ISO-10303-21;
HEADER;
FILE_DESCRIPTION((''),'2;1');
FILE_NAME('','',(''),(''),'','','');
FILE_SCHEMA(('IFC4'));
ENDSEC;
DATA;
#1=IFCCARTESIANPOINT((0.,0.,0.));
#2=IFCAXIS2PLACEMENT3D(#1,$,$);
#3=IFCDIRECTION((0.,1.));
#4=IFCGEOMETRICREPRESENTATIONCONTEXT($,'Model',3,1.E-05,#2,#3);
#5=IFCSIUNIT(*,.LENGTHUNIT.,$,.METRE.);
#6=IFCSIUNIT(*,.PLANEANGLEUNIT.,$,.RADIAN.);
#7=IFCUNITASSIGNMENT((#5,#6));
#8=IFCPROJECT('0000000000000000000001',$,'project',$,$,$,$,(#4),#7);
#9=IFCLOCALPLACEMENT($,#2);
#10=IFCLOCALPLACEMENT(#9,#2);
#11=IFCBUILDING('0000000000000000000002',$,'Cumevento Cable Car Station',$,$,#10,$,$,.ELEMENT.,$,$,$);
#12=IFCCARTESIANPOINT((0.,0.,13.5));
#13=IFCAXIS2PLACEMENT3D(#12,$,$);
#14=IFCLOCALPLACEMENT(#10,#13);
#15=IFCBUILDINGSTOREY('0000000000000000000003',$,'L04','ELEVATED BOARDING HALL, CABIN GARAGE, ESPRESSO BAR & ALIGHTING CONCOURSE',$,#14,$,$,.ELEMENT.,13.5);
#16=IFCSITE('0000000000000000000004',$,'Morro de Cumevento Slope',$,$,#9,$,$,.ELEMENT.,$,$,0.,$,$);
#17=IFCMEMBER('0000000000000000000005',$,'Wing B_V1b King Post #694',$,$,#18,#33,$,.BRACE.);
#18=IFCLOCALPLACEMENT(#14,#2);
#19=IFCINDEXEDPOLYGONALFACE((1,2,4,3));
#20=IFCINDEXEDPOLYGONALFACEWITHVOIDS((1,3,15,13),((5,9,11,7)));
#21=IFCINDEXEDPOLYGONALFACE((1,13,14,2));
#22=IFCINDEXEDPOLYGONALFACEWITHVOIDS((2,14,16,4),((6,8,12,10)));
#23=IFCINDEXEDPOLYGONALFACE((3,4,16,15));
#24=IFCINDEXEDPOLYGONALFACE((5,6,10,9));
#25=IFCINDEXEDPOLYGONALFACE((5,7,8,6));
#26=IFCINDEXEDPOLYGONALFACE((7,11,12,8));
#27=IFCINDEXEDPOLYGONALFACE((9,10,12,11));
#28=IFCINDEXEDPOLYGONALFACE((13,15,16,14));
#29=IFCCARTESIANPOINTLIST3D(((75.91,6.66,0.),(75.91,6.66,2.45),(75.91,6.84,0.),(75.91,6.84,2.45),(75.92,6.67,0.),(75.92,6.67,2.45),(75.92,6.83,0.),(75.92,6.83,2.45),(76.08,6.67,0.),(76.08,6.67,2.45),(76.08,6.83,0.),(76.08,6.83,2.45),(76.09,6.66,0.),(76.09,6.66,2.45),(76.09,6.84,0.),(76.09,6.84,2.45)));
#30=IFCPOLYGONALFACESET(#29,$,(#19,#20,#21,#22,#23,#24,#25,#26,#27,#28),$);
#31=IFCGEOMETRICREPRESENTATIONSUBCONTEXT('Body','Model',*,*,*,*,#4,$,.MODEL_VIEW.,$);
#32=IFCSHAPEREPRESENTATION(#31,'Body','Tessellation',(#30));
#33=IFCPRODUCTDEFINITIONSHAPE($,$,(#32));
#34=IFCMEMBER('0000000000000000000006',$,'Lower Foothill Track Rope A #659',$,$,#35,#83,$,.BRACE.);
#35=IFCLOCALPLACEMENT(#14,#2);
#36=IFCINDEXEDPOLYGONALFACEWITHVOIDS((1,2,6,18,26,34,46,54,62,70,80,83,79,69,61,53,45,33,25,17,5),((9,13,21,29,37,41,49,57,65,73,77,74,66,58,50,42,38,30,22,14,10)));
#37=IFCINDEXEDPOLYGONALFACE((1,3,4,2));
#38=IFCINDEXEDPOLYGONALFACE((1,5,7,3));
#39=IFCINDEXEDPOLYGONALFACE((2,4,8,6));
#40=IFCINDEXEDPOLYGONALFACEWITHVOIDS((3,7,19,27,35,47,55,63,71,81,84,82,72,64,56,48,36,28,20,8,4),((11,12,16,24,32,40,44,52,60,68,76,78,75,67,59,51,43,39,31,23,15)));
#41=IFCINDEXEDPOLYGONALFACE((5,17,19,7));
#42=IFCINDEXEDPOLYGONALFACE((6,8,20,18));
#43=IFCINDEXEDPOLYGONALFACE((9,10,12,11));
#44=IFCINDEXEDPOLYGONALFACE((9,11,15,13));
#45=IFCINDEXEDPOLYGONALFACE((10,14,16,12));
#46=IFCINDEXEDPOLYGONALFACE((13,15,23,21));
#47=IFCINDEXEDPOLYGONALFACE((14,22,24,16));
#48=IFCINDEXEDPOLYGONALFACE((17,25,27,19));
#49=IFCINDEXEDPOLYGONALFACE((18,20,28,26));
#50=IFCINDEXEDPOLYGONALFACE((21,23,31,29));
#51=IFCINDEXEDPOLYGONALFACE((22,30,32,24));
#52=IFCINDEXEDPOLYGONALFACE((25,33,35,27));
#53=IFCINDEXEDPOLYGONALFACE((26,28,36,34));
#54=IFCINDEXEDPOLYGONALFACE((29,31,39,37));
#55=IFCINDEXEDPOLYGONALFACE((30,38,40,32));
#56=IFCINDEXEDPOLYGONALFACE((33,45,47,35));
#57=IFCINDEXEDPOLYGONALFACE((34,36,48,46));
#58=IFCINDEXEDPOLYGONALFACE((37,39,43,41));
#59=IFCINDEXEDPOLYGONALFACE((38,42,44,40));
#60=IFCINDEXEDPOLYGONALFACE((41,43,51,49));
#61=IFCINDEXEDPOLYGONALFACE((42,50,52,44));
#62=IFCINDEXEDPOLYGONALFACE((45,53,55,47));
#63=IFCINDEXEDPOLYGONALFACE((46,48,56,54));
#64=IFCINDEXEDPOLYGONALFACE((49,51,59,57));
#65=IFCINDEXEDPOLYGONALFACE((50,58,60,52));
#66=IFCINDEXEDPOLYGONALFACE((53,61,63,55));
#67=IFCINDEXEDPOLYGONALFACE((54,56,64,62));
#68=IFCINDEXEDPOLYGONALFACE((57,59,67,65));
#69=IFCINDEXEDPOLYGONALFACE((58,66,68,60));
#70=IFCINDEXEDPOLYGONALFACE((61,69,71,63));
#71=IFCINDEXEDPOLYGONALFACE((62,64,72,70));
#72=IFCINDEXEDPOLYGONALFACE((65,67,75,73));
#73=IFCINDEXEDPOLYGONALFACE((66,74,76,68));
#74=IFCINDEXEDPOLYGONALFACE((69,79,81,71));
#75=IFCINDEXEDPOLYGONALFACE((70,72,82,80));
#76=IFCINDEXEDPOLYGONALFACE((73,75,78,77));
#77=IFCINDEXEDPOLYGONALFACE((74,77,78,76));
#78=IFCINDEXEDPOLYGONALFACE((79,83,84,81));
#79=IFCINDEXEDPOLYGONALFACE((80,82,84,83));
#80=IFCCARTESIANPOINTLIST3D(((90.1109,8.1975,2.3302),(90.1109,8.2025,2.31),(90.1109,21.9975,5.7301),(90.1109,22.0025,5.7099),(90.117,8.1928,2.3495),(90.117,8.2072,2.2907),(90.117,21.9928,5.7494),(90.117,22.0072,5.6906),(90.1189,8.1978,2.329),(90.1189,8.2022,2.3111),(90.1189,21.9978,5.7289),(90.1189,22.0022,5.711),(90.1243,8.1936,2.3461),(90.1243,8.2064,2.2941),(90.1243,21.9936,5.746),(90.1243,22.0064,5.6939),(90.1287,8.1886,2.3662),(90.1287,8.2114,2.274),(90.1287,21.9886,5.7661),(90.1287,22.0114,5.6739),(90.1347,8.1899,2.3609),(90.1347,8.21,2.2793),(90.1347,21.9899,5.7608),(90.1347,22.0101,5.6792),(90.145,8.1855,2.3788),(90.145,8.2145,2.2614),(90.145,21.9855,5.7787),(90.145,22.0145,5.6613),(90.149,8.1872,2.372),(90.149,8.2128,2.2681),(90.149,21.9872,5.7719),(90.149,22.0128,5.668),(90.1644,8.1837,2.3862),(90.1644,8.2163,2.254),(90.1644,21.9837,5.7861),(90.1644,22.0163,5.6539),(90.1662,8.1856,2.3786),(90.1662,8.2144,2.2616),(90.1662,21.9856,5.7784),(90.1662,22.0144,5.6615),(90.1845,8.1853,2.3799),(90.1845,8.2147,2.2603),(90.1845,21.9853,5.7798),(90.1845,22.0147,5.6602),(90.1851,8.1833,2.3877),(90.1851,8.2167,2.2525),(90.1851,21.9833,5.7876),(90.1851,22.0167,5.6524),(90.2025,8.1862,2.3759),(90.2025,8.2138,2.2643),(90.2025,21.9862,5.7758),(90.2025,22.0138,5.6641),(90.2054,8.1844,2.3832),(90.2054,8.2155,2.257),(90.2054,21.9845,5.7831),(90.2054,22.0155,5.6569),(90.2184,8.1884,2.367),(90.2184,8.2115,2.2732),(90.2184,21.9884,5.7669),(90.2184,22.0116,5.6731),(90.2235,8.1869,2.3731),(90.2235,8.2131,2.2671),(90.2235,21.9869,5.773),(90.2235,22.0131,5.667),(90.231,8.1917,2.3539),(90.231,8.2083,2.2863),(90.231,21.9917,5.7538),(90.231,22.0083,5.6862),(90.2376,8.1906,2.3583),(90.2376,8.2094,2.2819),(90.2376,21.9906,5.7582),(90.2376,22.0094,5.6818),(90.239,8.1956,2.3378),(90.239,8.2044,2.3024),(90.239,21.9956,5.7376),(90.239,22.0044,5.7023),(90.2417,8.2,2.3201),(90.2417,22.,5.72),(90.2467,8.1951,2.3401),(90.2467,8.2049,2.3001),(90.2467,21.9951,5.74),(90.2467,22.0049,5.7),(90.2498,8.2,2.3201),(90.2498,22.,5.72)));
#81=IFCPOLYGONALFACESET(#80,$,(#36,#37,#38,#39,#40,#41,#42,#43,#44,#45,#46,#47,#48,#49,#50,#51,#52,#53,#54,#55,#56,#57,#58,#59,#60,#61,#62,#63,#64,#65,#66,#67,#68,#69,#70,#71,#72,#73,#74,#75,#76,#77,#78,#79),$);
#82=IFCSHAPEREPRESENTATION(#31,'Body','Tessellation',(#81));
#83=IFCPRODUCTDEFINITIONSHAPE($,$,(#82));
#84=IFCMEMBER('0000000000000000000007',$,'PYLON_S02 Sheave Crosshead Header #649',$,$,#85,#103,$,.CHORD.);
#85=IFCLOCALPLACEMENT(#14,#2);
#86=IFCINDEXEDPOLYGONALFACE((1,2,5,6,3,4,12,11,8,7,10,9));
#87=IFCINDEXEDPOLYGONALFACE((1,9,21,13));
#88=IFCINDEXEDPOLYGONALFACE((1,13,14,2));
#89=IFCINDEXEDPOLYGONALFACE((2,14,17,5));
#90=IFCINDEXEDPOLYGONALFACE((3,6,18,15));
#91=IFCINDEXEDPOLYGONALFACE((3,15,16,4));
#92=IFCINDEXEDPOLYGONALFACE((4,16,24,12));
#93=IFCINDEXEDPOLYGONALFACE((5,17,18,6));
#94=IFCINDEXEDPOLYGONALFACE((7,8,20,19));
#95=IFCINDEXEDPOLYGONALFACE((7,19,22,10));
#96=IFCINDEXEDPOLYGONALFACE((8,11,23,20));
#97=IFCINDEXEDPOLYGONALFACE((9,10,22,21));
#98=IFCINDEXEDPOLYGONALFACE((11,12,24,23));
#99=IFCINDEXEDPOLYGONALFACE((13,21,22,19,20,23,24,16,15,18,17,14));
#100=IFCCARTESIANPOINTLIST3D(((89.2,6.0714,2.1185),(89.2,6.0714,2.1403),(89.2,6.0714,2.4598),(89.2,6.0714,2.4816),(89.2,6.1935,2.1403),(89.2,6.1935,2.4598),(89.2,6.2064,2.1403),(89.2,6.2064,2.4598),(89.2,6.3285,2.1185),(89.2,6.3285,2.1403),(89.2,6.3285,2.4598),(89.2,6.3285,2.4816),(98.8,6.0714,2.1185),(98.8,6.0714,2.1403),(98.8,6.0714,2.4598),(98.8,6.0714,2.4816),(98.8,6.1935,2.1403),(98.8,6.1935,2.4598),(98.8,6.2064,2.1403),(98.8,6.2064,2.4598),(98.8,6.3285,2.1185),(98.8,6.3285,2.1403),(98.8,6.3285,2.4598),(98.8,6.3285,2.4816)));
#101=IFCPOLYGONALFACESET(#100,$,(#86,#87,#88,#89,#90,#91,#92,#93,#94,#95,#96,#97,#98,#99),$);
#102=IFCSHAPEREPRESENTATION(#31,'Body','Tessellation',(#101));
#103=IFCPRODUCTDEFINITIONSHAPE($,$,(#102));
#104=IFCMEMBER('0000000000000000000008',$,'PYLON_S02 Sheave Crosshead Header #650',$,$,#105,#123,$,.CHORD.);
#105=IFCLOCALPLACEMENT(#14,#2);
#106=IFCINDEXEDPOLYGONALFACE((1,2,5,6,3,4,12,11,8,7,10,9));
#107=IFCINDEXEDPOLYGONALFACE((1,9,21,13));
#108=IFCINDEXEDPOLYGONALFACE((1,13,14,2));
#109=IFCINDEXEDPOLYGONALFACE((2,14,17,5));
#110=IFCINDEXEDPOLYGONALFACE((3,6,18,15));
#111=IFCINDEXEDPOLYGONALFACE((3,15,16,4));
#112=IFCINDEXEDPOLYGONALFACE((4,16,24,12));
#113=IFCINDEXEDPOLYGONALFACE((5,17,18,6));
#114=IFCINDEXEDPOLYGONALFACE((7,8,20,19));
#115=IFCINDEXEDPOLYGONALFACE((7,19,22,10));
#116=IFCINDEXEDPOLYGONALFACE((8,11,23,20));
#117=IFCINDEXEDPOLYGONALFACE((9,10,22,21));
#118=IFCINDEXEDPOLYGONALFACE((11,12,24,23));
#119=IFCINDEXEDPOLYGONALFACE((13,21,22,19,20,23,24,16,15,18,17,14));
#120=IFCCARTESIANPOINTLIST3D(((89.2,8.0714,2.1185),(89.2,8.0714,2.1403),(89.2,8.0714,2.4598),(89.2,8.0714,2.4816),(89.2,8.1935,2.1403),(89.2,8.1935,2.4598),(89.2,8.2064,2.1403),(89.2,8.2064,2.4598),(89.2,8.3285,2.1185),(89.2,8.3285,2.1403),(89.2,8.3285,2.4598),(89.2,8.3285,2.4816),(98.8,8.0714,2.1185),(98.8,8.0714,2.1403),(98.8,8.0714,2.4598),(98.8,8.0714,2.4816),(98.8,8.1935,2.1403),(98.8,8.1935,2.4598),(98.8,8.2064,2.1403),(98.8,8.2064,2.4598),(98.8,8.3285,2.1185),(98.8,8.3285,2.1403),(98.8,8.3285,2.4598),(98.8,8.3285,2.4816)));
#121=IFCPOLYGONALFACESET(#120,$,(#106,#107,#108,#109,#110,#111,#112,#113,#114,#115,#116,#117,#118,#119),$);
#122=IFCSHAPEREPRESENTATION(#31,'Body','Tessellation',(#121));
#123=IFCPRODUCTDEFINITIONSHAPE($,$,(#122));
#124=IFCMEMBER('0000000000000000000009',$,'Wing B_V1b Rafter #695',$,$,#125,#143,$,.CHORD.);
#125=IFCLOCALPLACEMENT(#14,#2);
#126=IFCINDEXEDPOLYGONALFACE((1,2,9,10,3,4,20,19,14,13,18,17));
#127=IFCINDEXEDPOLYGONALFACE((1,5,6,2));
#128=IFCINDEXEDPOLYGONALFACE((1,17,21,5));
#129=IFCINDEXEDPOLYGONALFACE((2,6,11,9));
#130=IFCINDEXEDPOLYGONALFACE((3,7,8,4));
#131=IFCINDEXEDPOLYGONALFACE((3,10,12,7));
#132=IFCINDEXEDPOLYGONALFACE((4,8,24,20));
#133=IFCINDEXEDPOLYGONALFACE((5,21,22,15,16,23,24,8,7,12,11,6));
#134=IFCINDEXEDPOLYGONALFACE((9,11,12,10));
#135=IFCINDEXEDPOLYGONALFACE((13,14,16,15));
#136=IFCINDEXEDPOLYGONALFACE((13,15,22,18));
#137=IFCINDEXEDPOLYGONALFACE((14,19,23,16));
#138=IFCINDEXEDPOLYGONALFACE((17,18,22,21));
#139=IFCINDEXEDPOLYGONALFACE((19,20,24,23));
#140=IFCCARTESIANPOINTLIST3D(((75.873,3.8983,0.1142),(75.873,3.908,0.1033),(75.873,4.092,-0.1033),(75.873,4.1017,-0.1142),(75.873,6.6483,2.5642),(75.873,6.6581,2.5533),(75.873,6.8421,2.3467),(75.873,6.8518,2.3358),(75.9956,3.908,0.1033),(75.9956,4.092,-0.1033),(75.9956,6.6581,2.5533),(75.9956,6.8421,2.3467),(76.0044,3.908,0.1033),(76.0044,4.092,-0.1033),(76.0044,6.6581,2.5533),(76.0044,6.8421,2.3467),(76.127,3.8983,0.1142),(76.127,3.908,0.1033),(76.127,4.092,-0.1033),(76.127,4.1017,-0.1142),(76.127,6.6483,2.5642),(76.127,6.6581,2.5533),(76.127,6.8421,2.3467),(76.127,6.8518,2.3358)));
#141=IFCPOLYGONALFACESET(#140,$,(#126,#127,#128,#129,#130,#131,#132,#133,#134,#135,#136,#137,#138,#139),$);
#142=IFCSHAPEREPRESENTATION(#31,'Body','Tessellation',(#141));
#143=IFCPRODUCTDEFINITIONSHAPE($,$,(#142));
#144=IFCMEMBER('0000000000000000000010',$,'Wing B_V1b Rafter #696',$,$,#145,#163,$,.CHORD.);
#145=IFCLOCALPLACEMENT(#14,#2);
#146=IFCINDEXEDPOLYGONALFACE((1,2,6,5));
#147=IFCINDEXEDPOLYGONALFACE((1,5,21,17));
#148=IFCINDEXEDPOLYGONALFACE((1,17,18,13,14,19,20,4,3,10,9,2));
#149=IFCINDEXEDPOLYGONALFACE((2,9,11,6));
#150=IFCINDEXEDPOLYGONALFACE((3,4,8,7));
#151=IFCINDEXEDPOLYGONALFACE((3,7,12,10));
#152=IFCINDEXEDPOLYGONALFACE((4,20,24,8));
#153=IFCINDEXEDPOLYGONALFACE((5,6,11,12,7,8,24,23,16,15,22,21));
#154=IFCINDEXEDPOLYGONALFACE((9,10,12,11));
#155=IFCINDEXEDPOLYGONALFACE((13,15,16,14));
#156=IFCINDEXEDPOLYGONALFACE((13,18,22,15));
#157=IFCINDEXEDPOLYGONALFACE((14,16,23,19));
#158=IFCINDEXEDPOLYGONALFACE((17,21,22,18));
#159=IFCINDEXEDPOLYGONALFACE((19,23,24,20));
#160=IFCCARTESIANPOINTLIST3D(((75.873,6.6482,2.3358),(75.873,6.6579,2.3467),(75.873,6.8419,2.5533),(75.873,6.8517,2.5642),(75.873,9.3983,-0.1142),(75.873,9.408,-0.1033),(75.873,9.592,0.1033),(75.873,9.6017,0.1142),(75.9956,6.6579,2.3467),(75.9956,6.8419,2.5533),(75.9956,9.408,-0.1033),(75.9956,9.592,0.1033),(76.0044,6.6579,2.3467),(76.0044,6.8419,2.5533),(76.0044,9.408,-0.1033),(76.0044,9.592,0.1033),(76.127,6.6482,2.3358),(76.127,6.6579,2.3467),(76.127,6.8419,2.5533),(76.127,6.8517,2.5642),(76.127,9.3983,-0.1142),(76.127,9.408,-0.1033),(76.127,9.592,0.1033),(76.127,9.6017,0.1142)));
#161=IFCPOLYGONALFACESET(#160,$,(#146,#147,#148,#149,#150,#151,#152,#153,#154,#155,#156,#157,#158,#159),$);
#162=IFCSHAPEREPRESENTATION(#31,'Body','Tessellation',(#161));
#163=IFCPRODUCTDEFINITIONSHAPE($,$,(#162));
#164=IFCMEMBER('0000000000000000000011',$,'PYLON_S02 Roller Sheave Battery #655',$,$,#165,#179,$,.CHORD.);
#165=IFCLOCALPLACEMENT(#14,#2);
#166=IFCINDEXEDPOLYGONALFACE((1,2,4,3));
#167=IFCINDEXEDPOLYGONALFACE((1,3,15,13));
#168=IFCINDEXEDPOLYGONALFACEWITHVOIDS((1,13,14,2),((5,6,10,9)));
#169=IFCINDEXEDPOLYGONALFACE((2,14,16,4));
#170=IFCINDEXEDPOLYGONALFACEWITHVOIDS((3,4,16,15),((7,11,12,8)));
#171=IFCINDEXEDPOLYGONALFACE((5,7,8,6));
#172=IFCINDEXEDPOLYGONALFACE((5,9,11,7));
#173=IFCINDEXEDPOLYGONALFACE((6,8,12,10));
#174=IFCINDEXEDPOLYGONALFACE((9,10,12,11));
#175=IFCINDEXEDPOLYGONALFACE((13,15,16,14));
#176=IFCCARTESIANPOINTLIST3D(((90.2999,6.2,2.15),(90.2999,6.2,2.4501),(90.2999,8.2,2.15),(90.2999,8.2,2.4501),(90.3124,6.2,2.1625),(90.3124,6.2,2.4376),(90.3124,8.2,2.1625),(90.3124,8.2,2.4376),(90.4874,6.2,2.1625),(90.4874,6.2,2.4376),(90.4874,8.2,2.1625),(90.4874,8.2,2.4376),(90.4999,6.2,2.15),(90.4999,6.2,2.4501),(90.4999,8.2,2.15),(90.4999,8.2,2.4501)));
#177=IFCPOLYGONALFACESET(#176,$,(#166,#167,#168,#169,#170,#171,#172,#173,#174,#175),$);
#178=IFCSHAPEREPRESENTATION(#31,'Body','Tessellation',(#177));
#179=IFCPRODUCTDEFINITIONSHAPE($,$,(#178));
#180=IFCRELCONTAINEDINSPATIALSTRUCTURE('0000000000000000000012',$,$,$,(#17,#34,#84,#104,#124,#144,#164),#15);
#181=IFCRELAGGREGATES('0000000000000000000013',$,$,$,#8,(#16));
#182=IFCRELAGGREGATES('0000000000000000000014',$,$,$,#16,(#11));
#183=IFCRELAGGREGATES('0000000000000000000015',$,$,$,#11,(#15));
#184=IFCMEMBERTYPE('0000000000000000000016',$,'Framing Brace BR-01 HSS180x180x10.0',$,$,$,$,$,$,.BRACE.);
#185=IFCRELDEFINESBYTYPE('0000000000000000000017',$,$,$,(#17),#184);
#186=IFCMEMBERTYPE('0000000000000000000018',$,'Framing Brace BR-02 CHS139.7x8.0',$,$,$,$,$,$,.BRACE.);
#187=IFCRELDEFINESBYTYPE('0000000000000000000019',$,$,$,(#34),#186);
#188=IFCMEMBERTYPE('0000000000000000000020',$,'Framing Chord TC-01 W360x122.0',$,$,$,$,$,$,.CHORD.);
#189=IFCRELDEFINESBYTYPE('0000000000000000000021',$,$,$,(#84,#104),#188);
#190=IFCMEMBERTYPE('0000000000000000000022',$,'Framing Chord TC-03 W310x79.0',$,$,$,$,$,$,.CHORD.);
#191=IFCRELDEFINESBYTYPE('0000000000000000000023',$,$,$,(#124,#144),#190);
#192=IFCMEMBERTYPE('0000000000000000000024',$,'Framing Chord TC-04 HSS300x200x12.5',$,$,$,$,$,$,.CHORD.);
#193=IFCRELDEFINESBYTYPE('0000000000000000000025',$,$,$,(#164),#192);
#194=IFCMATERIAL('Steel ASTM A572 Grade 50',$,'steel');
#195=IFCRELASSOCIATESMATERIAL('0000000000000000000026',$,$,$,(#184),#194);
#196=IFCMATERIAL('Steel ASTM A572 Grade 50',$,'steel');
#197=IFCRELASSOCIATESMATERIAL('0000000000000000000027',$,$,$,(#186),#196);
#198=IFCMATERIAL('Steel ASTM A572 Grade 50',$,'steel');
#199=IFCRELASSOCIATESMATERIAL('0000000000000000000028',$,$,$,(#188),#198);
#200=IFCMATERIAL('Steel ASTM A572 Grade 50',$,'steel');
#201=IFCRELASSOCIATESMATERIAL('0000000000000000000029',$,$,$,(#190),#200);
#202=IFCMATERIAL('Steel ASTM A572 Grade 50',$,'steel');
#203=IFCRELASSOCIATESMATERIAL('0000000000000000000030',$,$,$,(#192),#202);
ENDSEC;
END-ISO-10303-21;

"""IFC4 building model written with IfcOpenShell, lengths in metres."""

from ifc_helpers import new_model, si_unit, direction, frame, origin, origin_2d, place, context, subcontext, project, spatial, hollow_rectangle, hollow_circle, i_section, extrude, material, material_profile, profile_set, type_object, element, save


model = new_model("IFC4")

# Units and contexts
model_context = context("Model", 3, precision=1e-05, world=origin(), true_north=direction((0.0, 1.0)))
body_context = subcontext(model_context, "Body", "Model", "MODEL_VIEW")
ifc_project = project(units=[si_unit("LENGTHUNIT", "METRE"), si_unit("PLANEANGLEUNIT", "RADIAN")], contexts=[model_context])

# Site, building, storey
site_placement = place(None, origin())
site = spatial("IfcSite", under=ifc_project, at=site_placement, Name="Morro de Cumevento Slope", CompositionType="ELEMENT", RefElevation=0.0)
building_placement = place(site_placement, origin())
building = spatial("IfcBuilding", under=site, at=building_placement, Name="Cumevento Cable Car Station", CompositionType="ELEMENT")
storey_placement = place(building_placement, frame((0.0, 0.0, 13.5)))
storey = spatial("IfcBuildingStorey", under=building, at=storey_placement, Name="L04", Description="ELEVATED BOARDING HALL, CABIN GARAGE, ESPRESSO BAR & ALIGHTING CONCOURSE", CompositionType="ELEMENT", Elevation=13.5)

# Members
ifc_material_1 = material(Name="Steel ASTM A572 Grade 50", Category="steel")
ifc_material_profile_1 = material_profile(ifc_material_1, hollow_rectangle(XDim=0.1799, YDim=0.1799, WallThickness=0.01, at=origin_2d()), Name="HSS180x180x10.0")
ifc_profile_set_1 = profile_set([ifc_material_profile_1], Name="Steel ASTM A572 Grade 50")
member_type_1 = type_object("IfcMemberType", Name="Framing Brace BR-01 HSS180x180x10.0", PredefinedType="BRACE", material=ifc_profile_set_1)
member_1_placement = place(storey_placement, frame((76.0, 6.75, 0.0), z_axis=(0.0, 0.0, 1.0), x_axis=(1.0, 0.0, 0.0)))
element("IfcMember", 1, at=member_1_placement, inside=storey, type_object=member_type_1, Name="Wing B_V1b King Post #694", PredefinedType="BRACE", context=body_context, shape_type="SweptSolid", body=[
    extrude(hollow_rectangle(XDim=0.1799, YDim=0.1799, WallThickness=0.01, at=origin_2d()), origin(), (0.0, 0.0, 1.0), 2.45),
])
ifc_material_2 = material(Name="Steel ASTM A572 Grade 50", Category="steel")
ifc_material_profile_2 = material_profile(ifc_material_2, hollow_circle(Radius=0.0698, WallThickness=0.0081, at=origin_2d()), Name="CHS139.7x8.0")
ifc_profile_set_2 = profile_set([ifc_material_profile_2], Name="Steel ASTM A572 Grade 50")
member_type_2 = type_object("IfcMemberType", Name="Framing Brace BR-02 CHS139.7x8.0", PredefinedType="BRACE", material=ifc_profile_set_2)
member_2_placement = place(storey_placement, frame((90.1799, 22.0, 5.72), z_axis=(0.0, -0.970966, -0.239216), x_axis=(1.0, 0.0, 0.0)))
element("IfcMember", 2, at=member_2_placement, inside=storey, type_object=member_type_2, Name="Lower Foothill Track Rope A #659", PredefinedType="BRACE", context=body_context, shape_type="SweptSolid", body=[
    extrude(hollow_circle(Radius=0.0698, WallThickness=0.0081, at=origin_2d()), origin(), (0.0, 0.0, 1.0), 14.2126),
])
ifc_material_3 = material(Name="Steel ASTM A572 Grade 50", Category="steel")
ifc_material_profile_3 = material_profile(ifc_material_3, i_section(OverallWidth=0.2571, OverallDepth=0.363, WebThickness=0.0129, FlangeThickness=0.0217, at=origin_2d()), Name="W360x122.0")
ifc_profile_set_3 = profile_set([ifc_material_profile_3], Name="Steel ASTM A572 Grade 50")
member_type_3 = type_object("IfcMemberType", Name="Framing Chord TC-01 W360x122.0", PredefinedType="CHORD", material=ifc_profile_set_3)
for number, where, z_axis, x_axis, name in (
    (3, (89.2, 6.2, 2.3), (1.0, 0.0, 0.0), (0.0, 1.0, 0.0), "PYLON_S02 Sheave Crosshead Header #649"),
    (4, (89.2, 8.2, 2.3), (1.0, 0.0, 0.0), (0.0, 1.0, 0.0), "PYLON_S02 Sheave Crosshead Header #650"),
):
    element("IfcMember", number, at=place(storey_placement, frame(where, z_axis=z_axis, x_axis=x_axis)), inside=storey, type_object=member_type_3, Name=name, PredefinedType="CHORD", context=body_context, shape_type="SweptSolid", body=[
        extrude(i_section(OverallWidth=0.2571, OverallDepth=0.363, WebThickness=0.0129, FlangeThickness=0.0217, at=origin_2d()), origin(), (0.0, 0.0, 1.0), 9.6001),
    ])
ifc_material_4 = material(Name="Steel ASTM A572 Grade 50", Category="steel")
ifc_material_profile_4 = material_profile(ifc_material_4, i_section(OverallWidth=0.2539, OverallDepth=0.3059, WebThickness=0.0088, FlangeThickness=0.0146, at=origin_2d()), Name="W310x79.0")
ifc_profile_set_4 = profile_set([ifc_material_profile_4], Name="Steel ASTM A572 Grade 50")
member_type_4 = type_object("IfcMemberType", Name="Framing Chord TC-03 W310x79.0", PredefinedType="CHORD", material=ifc_profile_set_4)
for number, where, z_axis, x_axis, name in (
    (5, (76.0, 4.0, 0.0), (0.0, 0.746666, 0.665199), (-1.0, 0.0, 0.0), "Wing B_V1b Rafter #695"),
    (6, (76.0, 9.5, 0.0), (0.0, -0.746666, 0.665199), (1.0, 0.0, 0.0), "Wing B_V1b Rafter #696"),
):
    element("IfcMember", number, at=place(storey_placement, frame(where, z_axis=z_axis, x_axis=x_axis)), inside=storey, type_object=member_type_4, Name=name, PredefinedType="CHORD", context=body_context, shape_type="SweptSolid", body=[
        extrude(i_section(OverallWidth=0.2539, OverallDepth=0.3059, WebThickness=0.0088, FlangeThickness=0.0146, at=origin_2d()), origin(), (0.0, 0.0, 1.0), 3.6831),
    ])
ifc_material_5 = material(Name="Steel ASTM A572 Grade 50", Category="steel")
ifc_material_profile_5 = material_profile(ifc_material_5, hollow_rectangle(XDim=0.2, YDim=0.3, WallThickness=0.0125, at=origin_2d()), Name="HSS300x200x12.5")
ifc_profile_set_5 = profile_set([ifc_material_profile_5], Name="Steel ASTM A572 Grade 50")
member_type_5 = type_object("IfcMemberType", Name="Framing Chord TC-04 HSS300x200x12.5", PredefinedType="CHORD", material=ifc_profile_set_5)
member_3_placement = place(storey_placement, frame((90.3999, 6.2, 2.3), z_axis=(0.0, 1.0, 0.0), x_axis=(-1.0, 0.0, 0.0)))
element("IfcMember", 7, at=member_3_placement, inside=storey, type_object=member_type_5, Name="PYLON_S02 Roller Sheave Battery #655", PredefinedType="CHORD", context=body_context, shape_type="SweptSolid", body=[
    extrude(hollow_rectangle(XDim=0.2, YDim=0.3, WallThickness=0.0125, at=origin_2d()), origin(), (0.0, 0.0, 1.0), 2.0),
])

save(model, "model.ifc")
